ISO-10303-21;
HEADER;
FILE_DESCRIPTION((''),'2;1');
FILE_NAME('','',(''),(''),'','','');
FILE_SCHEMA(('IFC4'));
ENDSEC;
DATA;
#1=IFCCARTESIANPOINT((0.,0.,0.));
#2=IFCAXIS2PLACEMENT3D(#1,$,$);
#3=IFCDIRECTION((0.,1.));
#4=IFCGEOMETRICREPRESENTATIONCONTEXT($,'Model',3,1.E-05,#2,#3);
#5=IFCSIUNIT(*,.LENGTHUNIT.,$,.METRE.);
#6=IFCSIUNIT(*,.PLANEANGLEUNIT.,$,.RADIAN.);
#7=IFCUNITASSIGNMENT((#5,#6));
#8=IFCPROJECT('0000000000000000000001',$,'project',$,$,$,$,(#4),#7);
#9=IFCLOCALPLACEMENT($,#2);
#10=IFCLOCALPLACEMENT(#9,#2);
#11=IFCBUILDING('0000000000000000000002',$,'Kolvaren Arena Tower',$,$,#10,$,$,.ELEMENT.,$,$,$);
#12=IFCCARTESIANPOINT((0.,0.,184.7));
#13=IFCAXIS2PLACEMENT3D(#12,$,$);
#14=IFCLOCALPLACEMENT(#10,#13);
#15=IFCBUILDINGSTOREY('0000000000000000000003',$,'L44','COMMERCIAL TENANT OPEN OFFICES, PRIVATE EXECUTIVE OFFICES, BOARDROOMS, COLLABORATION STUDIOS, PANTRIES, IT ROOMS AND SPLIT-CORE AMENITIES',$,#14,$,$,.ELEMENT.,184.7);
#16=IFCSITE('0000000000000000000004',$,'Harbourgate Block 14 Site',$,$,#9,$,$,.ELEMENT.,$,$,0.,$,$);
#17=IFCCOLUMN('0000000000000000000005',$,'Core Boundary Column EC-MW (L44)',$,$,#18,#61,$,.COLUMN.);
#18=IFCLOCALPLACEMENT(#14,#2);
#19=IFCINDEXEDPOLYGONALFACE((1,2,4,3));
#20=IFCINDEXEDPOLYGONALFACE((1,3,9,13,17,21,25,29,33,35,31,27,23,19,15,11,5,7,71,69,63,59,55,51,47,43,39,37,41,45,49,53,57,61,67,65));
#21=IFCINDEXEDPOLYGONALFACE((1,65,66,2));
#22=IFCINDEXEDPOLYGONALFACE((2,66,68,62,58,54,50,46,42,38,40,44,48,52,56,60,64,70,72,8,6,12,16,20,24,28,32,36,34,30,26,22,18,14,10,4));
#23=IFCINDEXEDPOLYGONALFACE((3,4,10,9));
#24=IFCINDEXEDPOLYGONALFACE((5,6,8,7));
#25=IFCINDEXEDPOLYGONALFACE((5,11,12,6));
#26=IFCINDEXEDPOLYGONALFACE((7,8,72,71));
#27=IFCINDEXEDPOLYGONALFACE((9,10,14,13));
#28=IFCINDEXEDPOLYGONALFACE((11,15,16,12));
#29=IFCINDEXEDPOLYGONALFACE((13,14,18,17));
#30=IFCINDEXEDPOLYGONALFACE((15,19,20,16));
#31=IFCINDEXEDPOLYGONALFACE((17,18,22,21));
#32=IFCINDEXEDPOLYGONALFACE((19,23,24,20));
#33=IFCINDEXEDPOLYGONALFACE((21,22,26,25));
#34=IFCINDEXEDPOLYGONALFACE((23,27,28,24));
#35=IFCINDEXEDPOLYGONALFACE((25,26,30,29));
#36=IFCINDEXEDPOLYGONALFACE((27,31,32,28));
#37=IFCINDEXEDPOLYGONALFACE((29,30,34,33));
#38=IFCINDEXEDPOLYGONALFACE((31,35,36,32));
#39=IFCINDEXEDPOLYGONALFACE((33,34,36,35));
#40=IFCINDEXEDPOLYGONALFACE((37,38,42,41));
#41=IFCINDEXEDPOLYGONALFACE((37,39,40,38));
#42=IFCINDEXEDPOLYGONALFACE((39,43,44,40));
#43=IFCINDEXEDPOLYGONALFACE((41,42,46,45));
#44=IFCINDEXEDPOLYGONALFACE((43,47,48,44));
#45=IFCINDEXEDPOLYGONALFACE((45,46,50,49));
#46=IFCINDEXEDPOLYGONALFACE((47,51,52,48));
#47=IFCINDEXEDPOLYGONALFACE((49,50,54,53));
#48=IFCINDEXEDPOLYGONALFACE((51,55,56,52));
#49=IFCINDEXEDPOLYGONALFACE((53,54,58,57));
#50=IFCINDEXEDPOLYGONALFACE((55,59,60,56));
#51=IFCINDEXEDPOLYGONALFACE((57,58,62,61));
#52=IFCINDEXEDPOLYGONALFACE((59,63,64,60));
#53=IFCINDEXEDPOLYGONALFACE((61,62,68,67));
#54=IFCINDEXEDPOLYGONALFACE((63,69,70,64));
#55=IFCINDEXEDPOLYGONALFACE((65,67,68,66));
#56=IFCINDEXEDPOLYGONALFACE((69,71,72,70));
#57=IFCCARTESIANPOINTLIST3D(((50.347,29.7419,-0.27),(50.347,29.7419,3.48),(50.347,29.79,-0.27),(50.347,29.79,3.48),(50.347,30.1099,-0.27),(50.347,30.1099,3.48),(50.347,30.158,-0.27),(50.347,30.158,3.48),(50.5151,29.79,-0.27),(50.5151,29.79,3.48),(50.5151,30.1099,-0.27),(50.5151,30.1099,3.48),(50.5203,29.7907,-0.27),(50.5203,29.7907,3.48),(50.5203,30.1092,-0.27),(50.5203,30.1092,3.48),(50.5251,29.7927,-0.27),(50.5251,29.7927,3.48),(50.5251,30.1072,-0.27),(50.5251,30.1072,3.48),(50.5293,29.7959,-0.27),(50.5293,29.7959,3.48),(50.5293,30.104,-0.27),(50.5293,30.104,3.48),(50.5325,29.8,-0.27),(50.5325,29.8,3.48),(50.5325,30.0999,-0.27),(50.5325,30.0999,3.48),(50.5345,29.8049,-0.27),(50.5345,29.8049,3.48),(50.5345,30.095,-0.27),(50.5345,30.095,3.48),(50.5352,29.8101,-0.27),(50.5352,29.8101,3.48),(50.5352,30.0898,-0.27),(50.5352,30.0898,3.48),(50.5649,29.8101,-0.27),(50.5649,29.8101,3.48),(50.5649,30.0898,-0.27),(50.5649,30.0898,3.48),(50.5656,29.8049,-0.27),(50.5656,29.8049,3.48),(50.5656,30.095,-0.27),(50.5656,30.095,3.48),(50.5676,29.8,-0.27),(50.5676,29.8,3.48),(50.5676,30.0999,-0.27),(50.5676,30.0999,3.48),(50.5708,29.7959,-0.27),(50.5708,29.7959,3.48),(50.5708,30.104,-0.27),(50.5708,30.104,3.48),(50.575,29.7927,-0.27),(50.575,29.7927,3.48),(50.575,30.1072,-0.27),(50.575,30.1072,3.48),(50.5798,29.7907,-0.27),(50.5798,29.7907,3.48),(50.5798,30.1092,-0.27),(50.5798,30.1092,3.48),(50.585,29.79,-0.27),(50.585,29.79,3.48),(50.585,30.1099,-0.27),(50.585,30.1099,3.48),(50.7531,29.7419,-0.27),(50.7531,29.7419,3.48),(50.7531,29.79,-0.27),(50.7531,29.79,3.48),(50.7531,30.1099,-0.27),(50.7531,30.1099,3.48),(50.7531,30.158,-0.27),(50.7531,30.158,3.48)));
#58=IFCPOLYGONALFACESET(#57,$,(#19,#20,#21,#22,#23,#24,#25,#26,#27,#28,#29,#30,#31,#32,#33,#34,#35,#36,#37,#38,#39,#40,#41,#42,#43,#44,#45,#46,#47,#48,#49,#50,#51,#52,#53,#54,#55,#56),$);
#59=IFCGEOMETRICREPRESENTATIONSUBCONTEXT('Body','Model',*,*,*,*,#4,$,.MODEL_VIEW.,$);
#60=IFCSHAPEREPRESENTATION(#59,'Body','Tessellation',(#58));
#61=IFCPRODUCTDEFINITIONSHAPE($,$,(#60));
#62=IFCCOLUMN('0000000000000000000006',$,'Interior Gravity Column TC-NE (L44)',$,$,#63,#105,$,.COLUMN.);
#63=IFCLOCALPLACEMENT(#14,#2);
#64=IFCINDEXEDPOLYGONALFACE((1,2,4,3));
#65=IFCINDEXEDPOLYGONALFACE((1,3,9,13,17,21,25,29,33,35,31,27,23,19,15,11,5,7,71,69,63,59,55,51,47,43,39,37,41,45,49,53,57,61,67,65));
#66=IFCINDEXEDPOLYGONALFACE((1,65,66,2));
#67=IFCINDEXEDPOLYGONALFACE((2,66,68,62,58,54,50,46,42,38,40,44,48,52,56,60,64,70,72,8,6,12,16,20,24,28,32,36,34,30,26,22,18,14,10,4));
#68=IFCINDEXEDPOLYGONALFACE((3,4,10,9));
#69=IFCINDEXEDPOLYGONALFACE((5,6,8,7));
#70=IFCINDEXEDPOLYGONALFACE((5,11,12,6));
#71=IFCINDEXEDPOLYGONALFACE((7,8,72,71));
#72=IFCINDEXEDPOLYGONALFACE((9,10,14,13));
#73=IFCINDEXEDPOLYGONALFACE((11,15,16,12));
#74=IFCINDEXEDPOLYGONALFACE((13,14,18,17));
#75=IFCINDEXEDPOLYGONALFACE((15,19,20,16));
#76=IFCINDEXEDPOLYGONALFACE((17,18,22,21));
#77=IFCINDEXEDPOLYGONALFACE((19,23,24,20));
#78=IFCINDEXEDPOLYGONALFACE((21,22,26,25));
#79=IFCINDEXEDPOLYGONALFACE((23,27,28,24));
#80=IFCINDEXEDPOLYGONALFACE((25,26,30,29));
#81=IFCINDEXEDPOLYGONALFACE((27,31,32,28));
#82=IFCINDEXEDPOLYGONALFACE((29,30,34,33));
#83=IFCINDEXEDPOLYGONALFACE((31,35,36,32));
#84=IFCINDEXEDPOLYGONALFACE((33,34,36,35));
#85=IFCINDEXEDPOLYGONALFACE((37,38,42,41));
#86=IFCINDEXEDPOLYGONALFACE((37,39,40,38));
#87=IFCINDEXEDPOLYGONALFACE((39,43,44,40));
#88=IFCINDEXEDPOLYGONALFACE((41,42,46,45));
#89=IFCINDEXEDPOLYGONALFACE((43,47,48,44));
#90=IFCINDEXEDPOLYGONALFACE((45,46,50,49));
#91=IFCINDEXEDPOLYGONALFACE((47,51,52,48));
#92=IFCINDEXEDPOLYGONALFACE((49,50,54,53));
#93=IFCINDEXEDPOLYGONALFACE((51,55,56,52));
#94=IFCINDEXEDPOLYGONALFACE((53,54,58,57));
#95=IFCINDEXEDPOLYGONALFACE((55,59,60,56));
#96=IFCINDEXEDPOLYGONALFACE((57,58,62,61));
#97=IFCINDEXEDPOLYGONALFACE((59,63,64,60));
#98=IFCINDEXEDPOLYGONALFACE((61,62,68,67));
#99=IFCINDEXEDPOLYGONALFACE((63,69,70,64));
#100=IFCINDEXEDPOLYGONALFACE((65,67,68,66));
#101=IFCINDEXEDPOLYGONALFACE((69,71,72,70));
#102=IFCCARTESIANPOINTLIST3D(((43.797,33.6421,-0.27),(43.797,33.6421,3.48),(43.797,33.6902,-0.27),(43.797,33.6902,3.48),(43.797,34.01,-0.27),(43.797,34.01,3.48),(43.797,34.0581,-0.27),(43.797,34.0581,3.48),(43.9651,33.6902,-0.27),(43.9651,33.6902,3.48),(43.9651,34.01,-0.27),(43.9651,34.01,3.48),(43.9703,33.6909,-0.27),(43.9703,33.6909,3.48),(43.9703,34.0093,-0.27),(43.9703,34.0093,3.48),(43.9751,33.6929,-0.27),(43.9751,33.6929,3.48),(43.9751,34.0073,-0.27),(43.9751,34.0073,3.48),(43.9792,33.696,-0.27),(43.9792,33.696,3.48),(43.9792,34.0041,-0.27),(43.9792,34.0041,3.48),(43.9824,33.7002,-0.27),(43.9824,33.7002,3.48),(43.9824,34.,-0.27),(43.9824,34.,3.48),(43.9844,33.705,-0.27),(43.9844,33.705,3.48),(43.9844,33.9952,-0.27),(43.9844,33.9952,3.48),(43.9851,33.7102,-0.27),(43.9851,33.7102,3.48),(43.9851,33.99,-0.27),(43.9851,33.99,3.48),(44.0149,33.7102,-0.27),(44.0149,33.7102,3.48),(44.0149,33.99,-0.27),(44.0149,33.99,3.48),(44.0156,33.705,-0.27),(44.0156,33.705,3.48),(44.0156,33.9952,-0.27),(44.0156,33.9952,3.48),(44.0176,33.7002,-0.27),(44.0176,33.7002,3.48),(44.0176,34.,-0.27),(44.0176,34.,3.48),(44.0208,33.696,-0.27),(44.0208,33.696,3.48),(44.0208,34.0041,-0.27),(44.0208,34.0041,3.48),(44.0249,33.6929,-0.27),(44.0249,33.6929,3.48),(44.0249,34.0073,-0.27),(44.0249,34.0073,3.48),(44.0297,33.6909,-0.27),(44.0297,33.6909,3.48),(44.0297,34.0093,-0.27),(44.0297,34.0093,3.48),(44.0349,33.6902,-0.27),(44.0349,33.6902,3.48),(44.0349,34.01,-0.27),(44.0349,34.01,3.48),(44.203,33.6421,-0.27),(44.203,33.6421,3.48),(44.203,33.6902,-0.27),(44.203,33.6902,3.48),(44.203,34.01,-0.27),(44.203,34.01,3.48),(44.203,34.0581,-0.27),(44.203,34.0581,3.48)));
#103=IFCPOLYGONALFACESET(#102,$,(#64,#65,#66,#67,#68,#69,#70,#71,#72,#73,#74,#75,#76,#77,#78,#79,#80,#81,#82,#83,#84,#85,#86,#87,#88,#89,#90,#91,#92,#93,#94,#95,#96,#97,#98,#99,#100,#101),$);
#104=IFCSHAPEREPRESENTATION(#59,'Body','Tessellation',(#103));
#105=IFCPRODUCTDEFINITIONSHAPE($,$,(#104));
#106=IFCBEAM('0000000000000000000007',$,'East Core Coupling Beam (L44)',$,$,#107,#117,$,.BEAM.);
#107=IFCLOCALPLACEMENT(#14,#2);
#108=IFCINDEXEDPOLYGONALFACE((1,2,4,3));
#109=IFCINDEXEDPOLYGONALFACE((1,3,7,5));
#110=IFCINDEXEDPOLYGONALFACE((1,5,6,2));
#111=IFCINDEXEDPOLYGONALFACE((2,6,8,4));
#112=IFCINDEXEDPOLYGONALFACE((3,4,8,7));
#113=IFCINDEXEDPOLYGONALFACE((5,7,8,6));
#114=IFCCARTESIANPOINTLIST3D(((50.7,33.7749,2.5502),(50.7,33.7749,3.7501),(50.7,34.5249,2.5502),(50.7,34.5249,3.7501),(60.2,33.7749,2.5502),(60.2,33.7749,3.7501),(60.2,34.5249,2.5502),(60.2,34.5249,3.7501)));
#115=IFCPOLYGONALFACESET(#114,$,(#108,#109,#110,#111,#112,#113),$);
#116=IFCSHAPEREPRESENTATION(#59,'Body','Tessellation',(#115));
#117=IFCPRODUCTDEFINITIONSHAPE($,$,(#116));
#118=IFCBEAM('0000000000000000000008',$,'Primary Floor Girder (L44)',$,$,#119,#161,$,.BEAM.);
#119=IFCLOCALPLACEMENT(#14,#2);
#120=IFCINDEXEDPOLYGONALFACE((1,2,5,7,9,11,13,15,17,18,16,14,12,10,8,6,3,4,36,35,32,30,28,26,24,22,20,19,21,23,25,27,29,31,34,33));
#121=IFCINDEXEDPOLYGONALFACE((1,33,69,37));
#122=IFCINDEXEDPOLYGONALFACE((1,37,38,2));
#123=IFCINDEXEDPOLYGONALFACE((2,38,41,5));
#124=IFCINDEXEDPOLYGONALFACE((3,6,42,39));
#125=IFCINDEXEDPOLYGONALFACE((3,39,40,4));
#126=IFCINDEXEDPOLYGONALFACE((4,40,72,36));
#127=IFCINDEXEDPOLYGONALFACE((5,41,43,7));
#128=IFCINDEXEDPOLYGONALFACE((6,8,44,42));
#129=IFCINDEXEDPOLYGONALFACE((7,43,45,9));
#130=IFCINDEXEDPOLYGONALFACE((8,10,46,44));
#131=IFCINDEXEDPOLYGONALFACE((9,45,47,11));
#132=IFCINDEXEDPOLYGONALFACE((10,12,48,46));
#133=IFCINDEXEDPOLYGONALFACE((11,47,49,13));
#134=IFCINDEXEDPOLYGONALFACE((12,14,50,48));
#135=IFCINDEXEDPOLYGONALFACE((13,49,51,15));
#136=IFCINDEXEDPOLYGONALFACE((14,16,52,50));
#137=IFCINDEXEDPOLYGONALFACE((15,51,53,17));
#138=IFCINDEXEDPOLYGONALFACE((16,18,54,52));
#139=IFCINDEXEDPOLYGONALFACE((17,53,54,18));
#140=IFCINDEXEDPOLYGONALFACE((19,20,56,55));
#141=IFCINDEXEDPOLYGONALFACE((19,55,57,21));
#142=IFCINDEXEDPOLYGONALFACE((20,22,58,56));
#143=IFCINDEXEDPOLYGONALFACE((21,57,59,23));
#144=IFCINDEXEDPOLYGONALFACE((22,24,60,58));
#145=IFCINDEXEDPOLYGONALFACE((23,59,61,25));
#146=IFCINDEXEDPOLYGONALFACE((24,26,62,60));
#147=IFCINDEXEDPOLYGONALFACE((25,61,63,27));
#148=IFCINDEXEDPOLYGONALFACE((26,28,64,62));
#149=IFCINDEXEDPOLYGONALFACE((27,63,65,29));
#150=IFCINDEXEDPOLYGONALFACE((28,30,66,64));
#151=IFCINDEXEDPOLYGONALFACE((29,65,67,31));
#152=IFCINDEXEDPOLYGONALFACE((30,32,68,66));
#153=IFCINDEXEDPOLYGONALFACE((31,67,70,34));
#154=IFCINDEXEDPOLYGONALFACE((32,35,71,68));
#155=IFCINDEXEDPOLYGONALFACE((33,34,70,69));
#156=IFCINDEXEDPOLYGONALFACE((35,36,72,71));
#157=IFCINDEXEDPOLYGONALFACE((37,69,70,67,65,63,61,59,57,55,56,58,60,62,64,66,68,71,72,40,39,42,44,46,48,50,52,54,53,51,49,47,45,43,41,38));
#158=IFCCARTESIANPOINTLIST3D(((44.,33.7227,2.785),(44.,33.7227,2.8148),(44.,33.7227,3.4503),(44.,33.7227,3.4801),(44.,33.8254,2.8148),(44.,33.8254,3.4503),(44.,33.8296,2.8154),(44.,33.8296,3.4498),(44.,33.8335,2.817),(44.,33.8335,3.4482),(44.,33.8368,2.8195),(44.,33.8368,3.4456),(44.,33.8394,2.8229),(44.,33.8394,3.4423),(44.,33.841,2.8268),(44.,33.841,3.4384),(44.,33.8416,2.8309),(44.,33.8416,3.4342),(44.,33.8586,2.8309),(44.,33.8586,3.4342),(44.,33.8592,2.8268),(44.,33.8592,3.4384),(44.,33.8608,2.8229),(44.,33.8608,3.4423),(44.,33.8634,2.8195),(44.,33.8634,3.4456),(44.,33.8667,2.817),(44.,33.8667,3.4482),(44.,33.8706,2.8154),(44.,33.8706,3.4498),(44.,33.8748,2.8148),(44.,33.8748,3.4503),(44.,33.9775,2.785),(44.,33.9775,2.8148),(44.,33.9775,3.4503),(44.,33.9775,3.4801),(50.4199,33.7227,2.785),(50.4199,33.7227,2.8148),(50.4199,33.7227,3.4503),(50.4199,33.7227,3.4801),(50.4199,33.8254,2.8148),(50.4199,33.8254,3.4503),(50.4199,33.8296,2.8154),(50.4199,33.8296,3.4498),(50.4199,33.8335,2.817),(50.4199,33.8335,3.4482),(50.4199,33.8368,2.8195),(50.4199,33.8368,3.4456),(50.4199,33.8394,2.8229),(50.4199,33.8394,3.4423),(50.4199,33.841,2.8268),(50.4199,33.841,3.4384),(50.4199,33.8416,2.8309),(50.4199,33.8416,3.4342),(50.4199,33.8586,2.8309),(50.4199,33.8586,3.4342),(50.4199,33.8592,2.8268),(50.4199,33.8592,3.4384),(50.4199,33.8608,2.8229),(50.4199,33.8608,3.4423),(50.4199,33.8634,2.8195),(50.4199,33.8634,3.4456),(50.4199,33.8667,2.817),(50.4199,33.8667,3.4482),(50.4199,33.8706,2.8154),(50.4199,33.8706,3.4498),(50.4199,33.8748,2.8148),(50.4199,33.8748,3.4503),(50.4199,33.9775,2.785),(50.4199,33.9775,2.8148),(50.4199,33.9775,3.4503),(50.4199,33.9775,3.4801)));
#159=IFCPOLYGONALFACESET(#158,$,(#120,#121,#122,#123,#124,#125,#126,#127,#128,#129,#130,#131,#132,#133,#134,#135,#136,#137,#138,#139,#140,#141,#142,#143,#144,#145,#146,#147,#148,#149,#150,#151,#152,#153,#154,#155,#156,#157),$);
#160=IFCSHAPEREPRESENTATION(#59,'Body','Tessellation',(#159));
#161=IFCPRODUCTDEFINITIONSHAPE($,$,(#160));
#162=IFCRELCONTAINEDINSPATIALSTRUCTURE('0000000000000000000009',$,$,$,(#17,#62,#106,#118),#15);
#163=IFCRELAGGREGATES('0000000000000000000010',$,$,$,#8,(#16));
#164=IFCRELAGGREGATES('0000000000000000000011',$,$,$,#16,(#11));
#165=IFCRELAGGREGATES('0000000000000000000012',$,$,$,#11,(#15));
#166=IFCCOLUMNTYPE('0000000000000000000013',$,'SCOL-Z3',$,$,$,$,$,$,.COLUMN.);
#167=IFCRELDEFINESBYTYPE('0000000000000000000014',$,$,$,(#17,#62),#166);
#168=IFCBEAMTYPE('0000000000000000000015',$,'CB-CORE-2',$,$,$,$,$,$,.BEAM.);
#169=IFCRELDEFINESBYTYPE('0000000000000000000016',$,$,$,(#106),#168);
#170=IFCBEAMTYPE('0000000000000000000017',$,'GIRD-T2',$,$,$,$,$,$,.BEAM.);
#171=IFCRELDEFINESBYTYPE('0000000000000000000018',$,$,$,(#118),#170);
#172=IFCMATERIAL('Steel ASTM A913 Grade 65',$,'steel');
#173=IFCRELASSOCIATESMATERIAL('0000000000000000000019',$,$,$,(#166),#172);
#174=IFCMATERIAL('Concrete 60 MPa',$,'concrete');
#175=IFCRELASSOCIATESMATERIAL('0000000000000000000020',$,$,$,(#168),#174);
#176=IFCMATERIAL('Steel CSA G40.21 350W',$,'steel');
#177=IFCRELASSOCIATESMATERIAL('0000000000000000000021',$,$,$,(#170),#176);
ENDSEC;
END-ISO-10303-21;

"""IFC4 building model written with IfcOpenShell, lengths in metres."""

from ifc_helpers import new_model, si_unit, direction, frame, origin, origin_2d, place, context, subcontext, project, spatial, rectangle, i_section, extrude, material, material_profile, profile_set, type_object, element, save


model = new_model("IFC4")

# Units and contexts
model_context = context("Model", 3, precision=1e-05, world=origin(), true_north=direction((0.0, 1.0)))
body_context = subcontext(model_context, "Body", "Model", "MODEL_VIEW")
ifc_project = project(units=[si_unit("LENGTHUNIT", "METRE"), si_unit("PLANEANGLEUNIT", "RADIAN")], contexts=[model_context])

# Site, building, storey
site_placement = place(None, origin())
site = spatial("IfcSite", under=ifc_project, at=site_placement, Name="Harbourgate Block 14 Site", CompositionType="ELEMENT", RefElevation=0.0)
building_placement = place(site_placement, origin())
building = spatial("IfcBuilding", under=site, at=building_placement, Name="Kolvaren Arena Tower", CompositionType="ELEMENT")
storey_placement = place(building_placement, frame((0.0, 0.0, 184.7)))
storey = spatial("IfcBuildingStorey", under=building, at=storey_placement, Name="L44", Description="COMMERCIAL TENANT OPEN OFFICES, PRIVATE EXECUTIVE OFFICES, BOARDROOMS, COLLABORATION STUDIOS, PANTRIES, IT ROOMS AND SPLIT-CORE AMENITIES", CompositionType="ELEMENT", Elevation=184.7)

# Columns
ifc_material_1 = material(Name="Steel ASTM A913 Grade 65", Category="steel")
ifc_material_profile_1 = material_profile(ifc_material_1, i_section(OverallWidth=0.406, OverallDepth=0.416, WebThickness=0.0298, FlangeThickness=0.0481, FilletRadius=0.02, at=origin_2d()), Name="W360x382")
ifc_profile_set_1 = profile_set([ifc_material_profile_1], Name="Steel ASTM A913 Grade 65")
column_type = type_object("IfcColumnType", Name="SCOL-Z3", PredefinedType="COLUMN", material=ifc_profile_set_1)
for number, where, z_axis, x_axis, name in (
    (1, (50.55, 29.95, -0.27), (0.0, 0.0, 1.0), (1.0, 0.0, 0.0), "Core Boundary Column EC-MW (L44)"),
    (2, (44.0, 33.8501, -0.27), (0.0, 0.0, 1.0), (1.0, 0.0, 0.0), "Interior Gravity Column TC-NE (L44)"),
):
    element("IfcColumn", number, at=place(storey_placement, frame(where, z_axis=z_axis, x_axis=x_axis)), inside=storey, type_object=column_type, Name=name, PredefinedType="COLUMN", context=body_context, shape_type="SweptSolid", body=[
        extrude(i_section(OverallWidth=0.406, OverallDepth=0.416, WebThickness=0.0298, FlangeThickness=0.0481, FilletRadius=0.02, at=origin_2d()), origin(), (0.0, 0.0, 1.0), 3.75),
    ])

# Beams
ifc_material_2 = material(Name="Concrete 60 MPa", Category="concrete")
ifc_material_profile_2 = material_profile(ifc_material_2, rectangle(XDim=0.75, YDim=1.2, at=origin_2d()), Name="RC-750x1200")
ifc_profile_set_2 = profile_set([ifc_material_profile_2], Name="Concrete 60 MPa")
beam_type_1 = type_object("IfcBeamType", Name="CB-CORE-2", PredefinedType="BEAM", material=ifc_profile_set_2)
beam_1_placement = place(storey_placement, frame((50.7, 34.1499, 3.1501), z_axis=(1.0, 0.0, 0.0), x_axis=(0.0, 1.0, 0.0)))
element("IfcBeam", 3, at=beam_1_placement, inside=storey, type_object=beam_type_1, Name="East Core Coupling Beam (L44)", PredefinedType="BEAM", context=body_context, shape_type="SweptSolid", body=[
    extrude(rectangle(XDim=0.75, YDim=1.2, at=origin_2d()), origin(), (0.0, 0.0, 1.0), 9.5),
])
ifc_material_3 = material(Name="Steel CSA G40.21 350W", Category="steel")
ifc_material_profile_3 = material_profile(ifc_material_3, i_section(OverallWidth=0.2549, OverallDepth=0.6951, WebThickness=0.0171, FlangeThickness=0.0298, FilletRadius=0.0161, at=origin_2d()), Name="W690x217")
ifc_profile_set_3 = profile_set([ifc_material_profile_3], Name="Steel CSA G40.21 350W")
beam_type_2 = type_object("IfcBeamType", Name="GIRD-T2", PredefinedType="BEAM", material=ifc_profile_set_3)
beam_2_placement = place(storey_placement, frame((44.0, 33.8501, 3.1326), z_axis=(1.0, 0.0, 0.0), x_axis=(0.0, 1.0, 0.0)))
element("IfcBeam", 4, at=beam_2_placement, inside=storey, type_object=beam_type_2, Name="Primary Floor Girder (L44)", PredefinedType="BEAM", context=body_context, shape_type="SweptSolid", body=[
    extrude(i_section(OverallWidth=0.2549, OverallDepth=0.6951, WebThickness=0.0171, FlangeThickness=0.0298, FilletRadius=0.0161, at=origin_2d()), origin(), (0.0, 0.0, 1.0), 6.4199),
])

save(model, "model.ifc")
